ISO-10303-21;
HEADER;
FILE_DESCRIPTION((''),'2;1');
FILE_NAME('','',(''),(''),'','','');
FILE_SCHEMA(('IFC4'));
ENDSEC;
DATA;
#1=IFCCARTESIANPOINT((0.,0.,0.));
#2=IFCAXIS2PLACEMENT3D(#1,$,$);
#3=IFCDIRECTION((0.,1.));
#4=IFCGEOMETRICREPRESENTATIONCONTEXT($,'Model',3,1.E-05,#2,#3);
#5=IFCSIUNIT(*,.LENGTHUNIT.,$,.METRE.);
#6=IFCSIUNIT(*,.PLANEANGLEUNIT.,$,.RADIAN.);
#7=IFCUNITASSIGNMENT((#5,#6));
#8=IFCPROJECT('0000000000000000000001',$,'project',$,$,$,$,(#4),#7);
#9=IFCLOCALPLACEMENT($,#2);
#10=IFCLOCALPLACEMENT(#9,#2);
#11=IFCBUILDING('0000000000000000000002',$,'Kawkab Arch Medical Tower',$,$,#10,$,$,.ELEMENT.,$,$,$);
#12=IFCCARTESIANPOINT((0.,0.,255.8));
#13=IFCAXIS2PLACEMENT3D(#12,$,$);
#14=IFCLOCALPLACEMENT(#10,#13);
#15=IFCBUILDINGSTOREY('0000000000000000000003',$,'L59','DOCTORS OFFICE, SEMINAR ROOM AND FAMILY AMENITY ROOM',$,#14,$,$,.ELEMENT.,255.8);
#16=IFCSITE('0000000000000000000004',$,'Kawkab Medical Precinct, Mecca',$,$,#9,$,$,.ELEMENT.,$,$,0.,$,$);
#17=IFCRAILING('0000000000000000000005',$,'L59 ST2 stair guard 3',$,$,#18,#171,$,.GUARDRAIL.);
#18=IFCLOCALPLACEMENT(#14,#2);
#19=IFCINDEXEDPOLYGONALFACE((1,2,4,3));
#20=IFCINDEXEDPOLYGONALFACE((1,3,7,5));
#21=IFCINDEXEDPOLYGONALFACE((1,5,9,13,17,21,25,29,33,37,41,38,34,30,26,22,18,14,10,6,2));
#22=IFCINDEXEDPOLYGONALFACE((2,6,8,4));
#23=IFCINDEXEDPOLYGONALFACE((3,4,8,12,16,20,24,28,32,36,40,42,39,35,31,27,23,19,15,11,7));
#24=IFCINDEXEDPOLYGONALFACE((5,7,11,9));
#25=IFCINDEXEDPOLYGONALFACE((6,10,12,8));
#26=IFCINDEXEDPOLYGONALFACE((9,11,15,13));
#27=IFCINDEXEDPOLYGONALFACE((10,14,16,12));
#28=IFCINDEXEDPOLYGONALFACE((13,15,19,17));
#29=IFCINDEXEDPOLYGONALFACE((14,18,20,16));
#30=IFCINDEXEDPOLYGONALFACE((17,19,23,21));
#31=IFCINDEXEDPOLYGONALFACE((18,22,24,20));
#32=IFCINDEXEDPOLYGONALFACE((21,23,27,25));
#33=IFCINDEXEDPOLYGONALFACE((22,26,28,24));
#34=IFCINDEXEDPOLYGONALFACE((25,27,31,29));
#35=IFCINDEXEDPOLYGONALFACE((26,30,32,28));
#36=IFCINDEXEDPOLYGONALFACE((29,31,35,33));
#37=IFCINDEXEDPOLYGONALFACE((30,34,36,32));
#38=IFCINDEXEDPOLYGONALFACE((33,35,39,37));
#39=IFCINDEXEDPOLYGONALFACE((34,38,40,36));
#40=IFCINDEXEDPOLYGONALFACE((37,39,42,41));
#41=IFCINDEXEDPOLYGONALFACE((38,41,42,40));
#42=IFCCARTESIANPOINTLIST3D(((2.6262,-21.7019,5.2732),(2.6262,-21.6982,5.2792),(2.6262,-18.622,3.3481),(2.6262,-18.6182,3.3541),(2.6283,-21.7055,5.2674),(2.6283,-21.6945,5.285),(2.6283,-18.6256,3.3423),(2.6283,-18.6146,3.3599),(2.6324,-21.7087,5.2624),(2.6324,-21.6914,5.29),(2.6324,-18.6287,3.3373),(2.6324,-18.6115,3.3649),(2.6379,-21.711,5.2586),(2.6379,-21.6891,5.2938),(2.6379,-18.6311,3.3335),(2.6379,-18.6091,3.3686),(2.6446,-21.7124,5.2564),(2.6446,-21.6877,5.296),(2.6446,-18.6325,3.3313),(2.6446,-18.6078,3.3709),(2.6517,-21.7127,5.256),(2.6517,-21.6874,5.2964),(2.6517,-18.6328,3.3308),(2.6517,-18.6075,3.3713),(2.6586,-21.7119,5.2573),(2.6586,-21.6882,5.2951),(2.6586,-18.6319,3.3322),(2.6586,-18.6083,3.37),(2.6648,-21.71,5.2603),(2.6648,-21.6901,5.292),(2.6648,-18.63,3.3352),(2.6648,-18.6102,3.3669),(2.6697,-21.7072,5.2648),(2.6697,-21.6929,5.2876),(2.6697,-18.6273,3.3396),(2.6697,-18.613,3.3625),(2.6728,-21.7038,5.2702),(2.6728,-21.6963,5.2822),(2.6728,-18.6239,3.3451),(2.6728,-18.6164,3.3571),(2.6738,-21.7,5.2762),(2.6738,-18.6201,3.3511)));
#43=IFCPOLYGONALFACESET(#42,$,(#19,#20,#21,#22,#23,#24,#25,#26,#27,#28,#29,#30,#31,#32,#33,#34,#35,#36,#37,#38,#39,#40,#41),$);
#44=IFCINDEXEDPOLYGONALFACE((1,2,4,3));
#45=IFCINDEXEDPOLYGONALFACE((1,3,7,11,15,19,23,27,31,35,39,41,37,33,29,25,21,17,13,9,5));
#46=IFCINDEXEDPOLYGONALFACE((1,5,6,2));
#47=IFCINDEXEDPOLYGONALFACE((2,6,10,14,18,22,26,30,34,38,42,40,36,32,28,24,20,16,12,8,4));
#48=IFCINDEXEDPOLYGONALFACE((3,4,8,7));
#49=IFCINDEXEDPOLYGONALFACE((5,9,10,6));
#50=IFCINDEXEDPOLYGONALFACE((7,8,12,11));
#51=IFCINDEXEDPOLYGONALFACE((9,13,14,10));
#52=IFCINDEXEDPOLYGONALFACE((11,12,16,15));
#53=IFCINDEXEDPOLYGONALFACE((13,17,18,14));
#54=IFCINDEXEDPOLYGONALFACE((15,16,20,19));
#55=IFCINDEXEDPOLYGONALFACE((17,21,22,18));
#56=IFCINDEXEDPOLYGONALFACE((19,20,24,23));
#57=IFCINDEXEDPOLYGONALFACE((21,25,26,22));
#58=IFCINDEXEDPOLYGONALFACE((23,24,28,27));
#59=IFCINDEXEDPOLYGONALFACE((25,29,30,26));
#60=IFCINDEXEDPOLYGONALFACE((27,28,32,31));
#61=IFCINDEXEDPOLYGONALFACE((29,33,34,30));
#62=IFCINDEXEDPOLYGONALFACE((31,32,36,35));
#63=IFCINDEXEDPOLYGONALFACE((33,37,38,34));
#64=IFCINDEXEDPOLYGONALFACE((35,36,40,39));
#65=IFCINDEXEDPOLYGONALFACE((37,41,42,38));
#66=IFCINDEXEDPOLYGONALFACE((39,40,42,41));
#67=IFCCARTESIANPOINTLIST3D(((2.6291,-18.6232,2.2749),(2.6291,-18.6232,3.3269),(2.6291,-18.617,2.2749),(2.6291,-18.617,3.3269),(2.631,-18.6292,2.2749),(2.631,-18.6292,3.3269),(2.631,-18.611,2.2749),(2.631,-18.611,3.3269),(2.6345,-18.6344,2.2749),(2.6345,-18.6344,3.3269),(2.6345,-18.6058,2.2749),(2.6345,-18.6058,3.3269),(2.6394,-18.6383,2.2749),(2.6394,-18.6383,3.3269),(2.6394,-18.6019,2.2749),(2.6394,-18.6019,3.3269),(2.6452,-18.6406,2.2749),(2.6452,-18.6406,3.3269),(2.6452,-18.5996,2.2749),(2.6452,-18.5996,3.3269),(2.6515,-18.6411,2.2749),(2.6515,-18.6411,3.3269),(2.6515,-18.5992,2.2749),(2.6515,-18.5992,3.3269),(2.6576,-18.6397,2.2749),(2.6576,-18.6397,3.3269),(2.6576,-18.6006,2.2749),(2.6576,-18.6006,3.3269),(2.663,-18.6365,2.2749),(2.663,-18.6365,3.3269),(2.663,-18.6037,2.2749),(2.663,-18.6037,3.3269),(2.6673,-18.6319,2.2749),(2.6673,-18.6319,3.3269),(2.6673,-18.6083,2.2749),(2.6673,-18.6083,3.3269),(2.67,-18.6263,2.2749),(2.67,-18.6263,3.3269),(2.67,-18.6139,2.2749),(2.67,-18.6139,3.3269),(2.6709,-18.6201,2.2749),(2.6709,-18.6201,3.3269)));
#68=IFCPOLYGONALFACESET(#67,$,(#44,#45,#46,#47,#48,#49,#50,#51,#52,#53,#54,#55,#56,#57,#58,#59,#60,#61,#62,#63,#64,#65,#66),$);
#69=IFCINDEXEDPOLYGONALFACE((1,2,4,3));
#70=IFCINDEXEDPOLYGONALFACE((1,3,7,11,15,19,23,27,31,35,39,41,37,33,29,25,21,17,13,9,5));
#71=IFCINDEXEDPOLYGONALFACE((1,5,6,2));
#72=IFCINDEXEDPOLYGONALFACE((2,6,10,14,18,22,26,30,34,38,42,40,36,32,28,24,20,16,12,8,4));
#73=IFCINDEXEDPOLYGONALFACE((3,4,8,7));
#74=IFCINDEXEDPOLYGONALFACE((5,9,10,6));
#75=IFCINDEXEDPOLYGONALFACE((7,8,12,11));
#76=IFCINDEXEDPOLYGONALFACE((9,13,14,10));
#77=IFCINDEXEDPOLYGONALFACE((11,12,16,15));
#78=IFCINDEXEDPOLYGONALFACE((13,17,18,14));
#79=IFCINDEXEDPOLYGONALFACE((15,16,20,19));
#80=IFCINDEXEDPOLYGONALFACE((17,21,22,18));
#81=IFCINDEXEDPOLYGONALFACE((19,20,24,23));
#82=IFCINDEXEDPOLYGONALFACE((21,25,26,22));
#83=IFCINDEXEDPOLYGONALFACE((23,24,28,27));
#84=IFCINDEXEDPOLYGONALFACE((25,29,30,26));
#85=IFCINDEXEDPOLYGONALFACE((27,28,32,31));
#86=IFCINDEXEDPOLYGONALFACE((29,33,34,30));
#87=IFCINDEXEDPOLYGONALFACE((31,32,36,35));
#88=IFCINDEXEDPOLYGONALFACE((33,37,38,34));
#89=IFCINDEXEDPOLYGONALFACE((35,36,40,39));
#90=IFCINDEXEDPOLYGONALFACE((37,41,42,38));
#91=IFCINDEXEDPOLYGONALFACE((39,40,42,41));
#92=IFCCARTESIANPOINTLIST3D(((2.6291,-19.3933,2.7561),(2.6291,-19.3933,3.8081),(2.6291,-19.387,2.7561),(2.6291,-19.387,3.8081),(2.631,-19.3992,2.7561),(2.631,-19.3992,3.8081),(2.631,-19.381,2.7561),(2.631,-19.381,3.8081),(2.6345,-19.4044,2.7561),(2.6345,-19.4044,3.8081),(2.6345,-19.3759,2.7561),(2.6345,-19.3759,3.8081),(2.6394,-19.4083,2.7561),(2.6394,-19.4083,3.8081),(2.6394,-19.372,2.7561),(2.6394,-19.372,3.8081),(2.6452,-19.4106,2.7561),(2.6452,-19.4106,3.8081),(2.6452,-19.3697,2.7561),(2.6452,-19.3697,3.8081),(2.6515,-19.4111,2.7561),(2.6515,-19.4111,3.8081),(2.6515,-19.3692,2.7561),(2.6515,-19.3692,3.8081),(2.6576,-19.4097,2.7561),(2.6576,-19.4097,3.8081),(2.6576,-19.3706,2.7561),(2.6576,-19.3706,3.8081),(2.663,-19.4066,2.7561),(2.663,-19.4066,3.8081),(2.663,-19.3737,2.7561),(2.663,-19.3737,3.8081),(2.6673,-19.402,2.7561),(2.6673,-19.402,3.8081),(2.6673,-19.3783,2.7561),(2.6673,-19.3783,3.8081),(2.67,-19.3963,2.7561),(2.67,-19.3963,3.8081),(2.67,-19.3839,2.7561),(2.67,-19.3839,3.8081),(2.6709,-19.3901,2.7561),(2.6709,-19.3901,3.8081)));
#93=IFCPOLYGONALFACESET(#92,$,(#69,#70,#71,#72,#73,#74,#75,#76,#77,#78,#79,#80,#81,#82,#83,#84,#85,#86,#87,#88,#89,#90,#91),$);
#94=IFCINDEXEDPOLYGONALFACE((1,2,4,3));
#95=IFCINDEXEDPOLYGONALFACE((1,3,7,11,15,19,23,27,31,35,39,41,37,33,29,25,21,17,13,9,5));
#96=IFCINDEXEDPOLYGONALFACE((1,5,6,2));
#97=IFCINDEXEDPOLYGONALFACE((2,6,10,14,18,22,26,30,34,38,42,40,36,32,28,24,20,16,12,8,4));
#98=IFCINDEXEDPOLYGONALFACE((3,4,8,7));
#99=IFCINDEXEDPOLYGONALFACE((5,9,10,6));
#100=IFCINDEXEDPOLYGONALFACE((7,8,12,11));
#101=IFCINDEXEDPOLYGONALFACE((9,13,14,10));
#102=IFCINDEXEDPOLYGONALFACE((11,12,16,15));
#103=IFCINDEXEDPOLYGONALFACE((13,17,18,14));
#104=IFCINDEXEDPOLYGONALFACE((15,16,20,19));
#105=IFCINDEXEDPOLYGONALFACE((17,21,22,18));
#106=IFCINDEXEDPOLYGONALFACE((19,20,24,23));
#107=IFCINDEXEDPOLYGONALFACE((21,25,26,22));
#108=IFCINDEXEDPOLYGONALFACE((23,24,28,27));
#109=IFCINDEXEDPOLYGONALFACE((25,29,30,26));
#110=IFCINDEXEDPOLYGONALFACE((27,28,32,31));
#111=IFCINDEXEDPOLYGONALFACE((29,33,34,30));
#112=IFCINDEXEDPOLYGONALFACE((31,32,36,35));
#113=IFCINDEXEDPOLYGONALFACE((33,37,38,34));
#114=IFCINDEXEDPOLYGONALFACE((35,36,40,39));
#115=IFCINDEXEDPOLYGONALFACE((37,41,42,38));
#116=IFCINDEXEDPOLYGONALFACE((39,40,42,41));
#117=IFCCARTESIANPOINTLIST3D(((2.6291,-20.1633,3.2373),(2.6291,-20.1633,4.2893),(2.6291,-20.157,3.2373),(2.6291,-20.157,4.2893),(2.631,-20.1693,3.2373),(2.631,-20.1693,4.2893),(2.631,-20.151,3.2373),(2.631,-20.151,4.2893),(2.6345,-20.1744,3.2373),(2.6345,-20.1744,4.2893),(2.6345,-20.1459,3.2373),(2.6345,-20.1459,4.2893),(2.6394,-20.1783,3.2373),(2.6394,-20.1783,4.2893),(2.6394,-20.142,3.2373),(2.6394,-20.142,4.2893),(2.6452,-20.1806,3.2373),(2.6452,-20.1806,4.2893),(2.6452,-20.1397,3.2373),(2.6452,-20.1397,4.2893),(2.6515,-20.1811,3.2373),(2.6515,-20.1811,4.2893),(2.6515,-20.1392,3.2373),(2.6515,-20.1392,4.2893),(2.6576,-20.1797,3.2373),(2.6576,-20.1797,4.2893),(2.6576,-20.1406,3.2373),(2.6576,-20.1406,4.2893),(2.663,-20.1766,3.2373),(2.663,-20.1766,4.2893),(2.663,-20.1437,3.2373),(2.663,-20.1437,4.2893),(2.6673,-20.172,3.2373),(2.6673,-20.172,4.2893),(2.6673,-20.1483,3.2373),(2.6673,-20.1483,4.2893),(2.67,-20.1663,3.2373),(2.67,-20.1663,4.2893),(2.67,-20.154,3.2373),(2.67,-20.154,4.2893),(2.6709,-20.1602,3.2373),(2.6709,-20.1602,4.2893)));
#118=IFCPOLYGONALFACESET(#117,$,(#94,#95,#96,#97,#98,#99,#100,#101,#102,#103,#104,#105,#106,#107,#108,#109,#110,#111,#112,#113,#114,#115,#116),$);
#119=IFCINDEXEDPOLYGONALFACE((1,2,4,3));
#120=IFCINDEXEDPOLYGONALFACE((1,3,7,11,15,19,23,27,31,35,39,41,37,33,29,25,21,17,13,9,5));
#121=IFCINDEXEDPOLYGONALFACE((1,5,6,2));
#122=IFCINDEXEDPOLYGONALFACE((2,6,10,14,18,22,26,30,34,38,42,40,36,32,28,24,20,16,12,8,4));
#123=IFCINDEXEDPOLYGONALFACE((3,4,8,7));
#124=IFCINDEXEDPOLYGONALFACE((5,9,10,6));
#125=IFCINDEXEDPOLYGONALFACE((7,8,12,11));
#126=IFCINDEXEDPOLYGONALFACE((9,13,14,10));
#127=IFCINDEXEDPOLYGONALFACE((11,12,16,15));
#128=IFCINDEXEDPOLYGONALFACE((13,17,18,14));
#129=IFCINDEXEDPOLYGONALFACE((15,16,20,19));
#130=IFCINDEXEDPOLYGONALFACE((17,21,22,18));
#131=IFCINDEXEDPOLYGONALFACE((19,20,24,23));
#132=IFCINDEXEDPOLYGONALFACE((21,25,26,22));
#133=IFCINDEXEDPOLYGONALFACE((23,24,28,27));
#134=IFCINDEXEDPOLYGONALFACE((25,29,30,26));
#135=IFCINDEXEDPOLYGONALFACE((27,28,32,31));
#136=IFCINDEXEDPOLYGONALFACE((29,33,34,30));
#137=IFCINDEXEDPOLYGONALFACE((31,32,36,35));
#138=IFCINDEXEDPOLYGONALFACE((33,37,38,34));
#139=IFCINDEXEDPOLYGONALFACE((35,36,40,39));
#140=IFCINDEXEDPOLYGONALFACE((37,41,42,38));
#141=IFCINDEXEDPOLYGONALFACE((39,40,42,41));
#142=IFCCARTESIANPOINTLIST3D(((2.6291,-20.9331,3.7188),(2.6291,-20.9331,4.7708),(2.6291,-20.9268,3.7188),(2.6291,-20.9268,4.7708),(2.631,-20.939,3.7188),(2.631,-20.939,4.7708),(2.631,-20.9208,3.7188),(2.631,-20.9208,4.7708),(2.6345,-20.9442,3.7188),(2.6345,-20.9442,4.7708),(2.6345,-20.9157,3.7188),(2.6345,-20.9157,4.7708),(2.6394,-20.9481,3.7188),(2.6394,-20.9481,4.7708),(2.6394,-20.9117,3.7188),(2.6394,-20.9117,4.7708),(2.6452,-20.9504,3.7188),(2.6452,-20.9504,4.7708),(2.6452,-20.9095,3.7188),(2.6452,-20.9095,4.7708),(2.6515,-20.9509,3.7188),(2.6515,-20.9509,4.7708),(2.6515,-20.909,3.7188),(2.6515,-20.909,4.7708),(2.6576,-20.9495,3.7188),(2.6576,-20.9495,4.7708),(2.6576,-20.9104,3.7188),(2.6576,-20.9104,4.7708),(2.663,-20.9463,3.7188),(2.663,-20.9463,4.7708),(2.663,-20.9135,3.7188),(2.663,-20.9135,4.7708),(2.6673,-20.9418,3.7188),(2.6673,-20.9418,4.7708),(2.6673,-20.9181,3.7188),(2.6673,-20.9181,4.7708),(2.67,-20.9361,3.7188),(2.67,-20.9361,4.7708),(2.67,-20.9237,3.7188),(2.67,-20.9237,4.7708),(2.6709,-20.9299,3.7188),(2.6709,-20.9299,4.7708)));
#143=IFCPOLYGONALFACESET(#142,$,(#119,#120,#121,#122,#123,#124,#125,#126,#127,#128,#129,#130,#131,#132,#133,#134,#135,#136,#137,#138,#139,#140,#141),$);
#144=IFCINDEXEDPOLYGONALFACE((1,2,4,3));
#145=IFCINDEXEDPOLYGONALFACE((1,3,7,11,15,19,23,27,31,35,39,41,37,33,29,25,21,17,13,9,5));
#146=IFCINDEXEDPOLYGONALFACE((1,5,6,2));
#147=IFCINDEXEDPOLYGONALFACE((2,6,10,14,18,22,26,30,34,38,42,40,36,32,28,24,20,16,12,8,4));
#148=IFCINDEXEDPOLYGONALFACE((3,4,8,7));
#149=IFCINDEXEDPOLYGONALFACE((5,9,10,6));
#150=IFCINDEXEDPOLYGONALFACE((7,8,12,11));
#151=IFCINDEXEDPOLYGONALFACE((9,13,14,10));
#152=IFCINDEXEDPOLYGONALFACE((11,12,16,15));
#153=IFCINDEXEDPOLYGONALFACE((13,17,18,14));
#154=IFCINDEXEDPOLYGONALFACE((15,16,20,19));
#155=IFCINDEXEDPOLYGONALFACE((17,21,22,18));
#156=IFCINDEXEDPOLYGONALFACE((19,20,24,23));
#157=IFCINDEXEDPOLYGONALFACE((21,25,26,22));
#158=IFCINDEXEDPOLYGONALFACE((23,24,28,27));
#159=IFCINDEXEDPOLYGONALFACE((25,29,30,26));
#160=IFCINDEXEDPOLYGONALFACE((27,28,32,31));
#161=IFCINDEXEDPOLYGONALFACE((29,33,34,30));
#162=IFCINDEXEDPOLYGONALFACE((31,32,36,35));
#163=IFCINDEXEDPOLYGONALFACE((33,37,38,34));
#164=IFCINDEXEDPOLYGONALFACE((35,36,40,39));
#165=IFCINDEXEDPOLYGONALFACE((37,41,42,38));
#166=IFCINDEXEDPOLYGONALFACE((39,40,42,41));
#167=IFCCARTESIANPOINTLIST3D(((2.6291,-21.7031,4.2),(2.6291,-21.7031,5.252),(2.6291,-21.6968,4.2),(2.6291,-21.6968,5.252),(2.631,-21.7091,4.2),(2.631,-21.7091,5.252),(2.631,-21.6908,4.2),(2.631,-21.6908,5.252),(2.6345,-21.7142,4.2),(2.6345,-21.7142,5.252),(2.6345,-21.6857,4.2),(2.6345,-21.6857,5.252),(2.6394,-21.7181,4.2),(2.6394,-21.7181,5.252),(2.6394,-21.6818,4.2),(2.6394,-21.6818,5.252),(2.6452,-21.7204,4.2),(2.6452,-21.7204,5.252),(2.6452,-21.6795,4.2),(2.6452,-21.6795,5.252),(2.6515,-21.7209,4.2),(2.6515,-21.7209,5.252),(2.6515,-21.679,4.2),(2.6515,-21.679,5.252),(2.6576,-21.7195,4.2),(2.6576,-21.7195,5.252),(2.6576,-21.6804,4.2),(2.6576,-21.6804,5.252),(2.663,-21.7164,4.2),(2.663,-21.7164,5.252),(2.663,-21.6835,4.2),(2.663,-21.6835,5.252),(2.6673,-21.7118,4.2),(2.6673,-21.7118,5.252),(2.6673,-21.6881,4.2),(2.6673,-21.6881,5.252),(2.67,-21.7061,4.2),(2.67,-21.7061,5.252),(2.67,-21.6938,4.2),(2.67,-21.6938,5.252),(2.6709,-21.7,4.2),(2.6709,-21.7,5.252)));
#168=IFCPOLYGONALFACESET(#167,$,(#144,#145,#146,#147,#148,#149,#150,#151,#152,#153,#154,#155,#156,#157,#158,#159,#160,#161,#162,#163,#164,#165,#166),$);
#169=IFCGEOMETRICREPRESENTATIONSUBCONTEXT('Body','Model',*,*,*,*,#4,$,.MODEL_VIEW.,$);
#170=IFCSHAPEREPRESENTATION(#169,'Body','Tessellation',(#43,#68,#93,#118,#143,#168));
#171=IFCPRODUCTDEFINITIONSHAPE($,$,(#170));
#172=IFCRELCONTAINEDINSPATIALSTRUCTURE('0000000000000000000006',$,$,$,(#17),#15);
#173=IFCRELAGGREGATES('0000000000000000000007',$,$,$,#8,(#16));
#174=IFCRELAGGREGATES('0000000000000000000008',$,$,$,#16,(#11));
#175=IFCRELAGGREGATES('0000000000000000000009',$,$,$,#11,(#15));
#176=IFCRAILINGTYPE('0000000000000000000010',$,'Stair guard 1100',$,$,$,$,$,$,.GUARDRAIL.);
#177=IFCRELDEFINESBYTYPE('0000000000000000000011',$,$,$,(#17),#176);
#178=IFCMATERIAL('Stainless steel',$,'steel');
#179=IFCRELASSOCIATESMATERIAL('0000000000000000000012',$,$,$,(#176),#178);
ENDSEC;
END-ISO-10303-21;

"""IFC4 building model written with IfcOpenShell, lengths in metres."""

from ifc_helpers import new_model, si_unit, direction, frame, origin, origin_2d, place, context, subcontext, project, spatial, circle, extrude, material, type_object, element, save


model = new_model("IFC4")

# Units and contexts
model_context = context("Model", 3, precision=1e-05, world=origin(), true_north=direction((0.0, 1.0)))
body_context = subcontext(model_context, "Body", "Model", "MODEL_VIEW")
ifc_project = project(units=[si_unit("LENGTHUNIT", "METRE"), si_unit("PLANEANGLEUNIT", "RADIAN")], contexts=[model_context])

# Site, building, storey
site_placement = place(None, origin())
site = spatial("IfcSite", under=ifc_project, at=site_placement, Name="Kawkab Medical Precinct, Mecca", CompositionType="ELEMENT", RefElevation=0.0)
building_placement = place(site_placement, origin())
building = spatial("IfcBuilding", under=site, at=building_placement, Name="Kawkab Arch Medical Tower", CompositionType="ELEMENT")
storey_placement = place(building_placement, frame((0.0, 0.0, 255.8)))
storey = spatial("IfcBuildingStorey", under=building, at=storey_placement, Name="L59", Description="DOCTORS OFFICE, SEMINAR ROOM AND FAMILY AMENITY ROOM", CompositionType="ELEMENT", Elevation=255.8)

# Railing
ifc_material_1 = material(Name="Stainless steel", Category="steel")
railing_type_1 = type_object("IfcRailingType", Name="Stair guard 1100", PredefinedType="GUARDRAIL", material=ifc_material_1)
railing_1_placement = place(storey_placement, frame((2.6499, -18.6201, 2.2749)))
element("IfcRailing", 1, at=railing_1_placement, inside=storey, type_object=railing_type_1, Name="L59 ST2 stair guard 3", PredefinedType="GUARDRAIL", context=body_context, shape_type="SweptSolid", body=[
    extrude(circle(Radius=0.0239, at=origin_2d()), frame((0.0, 0.0, 1.0762), z_axis=(0.0, -0.847979, 0.530029), x_axis=(1.0, 0.0, 0.0)), (0.0, 0.0, 1.0), 3.6321),
    extrude(circle(Radius=0.021, at=origin_2d()), origin(), (0.0, 0.0, 1.0), 1.052),
    extrude(circle(Radius=0.021, at=origin_2d()), frame((0.0, -0.77, 0.4812)), (0.0, 0.0, 1.0), 1.052),
    extrude(circle(Radius=0.021, at=origin_2d()), frame((0.0, -1.54, 0.9624)), (0.0, 0.0, 1.0), 1.052),
    extrude(circle(Radius=0.021, at=origin_2d()), frame((0.0, -2.3098, 1.4438)), (0.0, 0.0, 1.0), 1.052),
    extrude(circle(Radius=0.021, at=origin_2d()), frame((0.0, -3.0798, 1.925)), (0.0, 0.0, 1.0), 1.052),
])

save(model, "model.ifc")
